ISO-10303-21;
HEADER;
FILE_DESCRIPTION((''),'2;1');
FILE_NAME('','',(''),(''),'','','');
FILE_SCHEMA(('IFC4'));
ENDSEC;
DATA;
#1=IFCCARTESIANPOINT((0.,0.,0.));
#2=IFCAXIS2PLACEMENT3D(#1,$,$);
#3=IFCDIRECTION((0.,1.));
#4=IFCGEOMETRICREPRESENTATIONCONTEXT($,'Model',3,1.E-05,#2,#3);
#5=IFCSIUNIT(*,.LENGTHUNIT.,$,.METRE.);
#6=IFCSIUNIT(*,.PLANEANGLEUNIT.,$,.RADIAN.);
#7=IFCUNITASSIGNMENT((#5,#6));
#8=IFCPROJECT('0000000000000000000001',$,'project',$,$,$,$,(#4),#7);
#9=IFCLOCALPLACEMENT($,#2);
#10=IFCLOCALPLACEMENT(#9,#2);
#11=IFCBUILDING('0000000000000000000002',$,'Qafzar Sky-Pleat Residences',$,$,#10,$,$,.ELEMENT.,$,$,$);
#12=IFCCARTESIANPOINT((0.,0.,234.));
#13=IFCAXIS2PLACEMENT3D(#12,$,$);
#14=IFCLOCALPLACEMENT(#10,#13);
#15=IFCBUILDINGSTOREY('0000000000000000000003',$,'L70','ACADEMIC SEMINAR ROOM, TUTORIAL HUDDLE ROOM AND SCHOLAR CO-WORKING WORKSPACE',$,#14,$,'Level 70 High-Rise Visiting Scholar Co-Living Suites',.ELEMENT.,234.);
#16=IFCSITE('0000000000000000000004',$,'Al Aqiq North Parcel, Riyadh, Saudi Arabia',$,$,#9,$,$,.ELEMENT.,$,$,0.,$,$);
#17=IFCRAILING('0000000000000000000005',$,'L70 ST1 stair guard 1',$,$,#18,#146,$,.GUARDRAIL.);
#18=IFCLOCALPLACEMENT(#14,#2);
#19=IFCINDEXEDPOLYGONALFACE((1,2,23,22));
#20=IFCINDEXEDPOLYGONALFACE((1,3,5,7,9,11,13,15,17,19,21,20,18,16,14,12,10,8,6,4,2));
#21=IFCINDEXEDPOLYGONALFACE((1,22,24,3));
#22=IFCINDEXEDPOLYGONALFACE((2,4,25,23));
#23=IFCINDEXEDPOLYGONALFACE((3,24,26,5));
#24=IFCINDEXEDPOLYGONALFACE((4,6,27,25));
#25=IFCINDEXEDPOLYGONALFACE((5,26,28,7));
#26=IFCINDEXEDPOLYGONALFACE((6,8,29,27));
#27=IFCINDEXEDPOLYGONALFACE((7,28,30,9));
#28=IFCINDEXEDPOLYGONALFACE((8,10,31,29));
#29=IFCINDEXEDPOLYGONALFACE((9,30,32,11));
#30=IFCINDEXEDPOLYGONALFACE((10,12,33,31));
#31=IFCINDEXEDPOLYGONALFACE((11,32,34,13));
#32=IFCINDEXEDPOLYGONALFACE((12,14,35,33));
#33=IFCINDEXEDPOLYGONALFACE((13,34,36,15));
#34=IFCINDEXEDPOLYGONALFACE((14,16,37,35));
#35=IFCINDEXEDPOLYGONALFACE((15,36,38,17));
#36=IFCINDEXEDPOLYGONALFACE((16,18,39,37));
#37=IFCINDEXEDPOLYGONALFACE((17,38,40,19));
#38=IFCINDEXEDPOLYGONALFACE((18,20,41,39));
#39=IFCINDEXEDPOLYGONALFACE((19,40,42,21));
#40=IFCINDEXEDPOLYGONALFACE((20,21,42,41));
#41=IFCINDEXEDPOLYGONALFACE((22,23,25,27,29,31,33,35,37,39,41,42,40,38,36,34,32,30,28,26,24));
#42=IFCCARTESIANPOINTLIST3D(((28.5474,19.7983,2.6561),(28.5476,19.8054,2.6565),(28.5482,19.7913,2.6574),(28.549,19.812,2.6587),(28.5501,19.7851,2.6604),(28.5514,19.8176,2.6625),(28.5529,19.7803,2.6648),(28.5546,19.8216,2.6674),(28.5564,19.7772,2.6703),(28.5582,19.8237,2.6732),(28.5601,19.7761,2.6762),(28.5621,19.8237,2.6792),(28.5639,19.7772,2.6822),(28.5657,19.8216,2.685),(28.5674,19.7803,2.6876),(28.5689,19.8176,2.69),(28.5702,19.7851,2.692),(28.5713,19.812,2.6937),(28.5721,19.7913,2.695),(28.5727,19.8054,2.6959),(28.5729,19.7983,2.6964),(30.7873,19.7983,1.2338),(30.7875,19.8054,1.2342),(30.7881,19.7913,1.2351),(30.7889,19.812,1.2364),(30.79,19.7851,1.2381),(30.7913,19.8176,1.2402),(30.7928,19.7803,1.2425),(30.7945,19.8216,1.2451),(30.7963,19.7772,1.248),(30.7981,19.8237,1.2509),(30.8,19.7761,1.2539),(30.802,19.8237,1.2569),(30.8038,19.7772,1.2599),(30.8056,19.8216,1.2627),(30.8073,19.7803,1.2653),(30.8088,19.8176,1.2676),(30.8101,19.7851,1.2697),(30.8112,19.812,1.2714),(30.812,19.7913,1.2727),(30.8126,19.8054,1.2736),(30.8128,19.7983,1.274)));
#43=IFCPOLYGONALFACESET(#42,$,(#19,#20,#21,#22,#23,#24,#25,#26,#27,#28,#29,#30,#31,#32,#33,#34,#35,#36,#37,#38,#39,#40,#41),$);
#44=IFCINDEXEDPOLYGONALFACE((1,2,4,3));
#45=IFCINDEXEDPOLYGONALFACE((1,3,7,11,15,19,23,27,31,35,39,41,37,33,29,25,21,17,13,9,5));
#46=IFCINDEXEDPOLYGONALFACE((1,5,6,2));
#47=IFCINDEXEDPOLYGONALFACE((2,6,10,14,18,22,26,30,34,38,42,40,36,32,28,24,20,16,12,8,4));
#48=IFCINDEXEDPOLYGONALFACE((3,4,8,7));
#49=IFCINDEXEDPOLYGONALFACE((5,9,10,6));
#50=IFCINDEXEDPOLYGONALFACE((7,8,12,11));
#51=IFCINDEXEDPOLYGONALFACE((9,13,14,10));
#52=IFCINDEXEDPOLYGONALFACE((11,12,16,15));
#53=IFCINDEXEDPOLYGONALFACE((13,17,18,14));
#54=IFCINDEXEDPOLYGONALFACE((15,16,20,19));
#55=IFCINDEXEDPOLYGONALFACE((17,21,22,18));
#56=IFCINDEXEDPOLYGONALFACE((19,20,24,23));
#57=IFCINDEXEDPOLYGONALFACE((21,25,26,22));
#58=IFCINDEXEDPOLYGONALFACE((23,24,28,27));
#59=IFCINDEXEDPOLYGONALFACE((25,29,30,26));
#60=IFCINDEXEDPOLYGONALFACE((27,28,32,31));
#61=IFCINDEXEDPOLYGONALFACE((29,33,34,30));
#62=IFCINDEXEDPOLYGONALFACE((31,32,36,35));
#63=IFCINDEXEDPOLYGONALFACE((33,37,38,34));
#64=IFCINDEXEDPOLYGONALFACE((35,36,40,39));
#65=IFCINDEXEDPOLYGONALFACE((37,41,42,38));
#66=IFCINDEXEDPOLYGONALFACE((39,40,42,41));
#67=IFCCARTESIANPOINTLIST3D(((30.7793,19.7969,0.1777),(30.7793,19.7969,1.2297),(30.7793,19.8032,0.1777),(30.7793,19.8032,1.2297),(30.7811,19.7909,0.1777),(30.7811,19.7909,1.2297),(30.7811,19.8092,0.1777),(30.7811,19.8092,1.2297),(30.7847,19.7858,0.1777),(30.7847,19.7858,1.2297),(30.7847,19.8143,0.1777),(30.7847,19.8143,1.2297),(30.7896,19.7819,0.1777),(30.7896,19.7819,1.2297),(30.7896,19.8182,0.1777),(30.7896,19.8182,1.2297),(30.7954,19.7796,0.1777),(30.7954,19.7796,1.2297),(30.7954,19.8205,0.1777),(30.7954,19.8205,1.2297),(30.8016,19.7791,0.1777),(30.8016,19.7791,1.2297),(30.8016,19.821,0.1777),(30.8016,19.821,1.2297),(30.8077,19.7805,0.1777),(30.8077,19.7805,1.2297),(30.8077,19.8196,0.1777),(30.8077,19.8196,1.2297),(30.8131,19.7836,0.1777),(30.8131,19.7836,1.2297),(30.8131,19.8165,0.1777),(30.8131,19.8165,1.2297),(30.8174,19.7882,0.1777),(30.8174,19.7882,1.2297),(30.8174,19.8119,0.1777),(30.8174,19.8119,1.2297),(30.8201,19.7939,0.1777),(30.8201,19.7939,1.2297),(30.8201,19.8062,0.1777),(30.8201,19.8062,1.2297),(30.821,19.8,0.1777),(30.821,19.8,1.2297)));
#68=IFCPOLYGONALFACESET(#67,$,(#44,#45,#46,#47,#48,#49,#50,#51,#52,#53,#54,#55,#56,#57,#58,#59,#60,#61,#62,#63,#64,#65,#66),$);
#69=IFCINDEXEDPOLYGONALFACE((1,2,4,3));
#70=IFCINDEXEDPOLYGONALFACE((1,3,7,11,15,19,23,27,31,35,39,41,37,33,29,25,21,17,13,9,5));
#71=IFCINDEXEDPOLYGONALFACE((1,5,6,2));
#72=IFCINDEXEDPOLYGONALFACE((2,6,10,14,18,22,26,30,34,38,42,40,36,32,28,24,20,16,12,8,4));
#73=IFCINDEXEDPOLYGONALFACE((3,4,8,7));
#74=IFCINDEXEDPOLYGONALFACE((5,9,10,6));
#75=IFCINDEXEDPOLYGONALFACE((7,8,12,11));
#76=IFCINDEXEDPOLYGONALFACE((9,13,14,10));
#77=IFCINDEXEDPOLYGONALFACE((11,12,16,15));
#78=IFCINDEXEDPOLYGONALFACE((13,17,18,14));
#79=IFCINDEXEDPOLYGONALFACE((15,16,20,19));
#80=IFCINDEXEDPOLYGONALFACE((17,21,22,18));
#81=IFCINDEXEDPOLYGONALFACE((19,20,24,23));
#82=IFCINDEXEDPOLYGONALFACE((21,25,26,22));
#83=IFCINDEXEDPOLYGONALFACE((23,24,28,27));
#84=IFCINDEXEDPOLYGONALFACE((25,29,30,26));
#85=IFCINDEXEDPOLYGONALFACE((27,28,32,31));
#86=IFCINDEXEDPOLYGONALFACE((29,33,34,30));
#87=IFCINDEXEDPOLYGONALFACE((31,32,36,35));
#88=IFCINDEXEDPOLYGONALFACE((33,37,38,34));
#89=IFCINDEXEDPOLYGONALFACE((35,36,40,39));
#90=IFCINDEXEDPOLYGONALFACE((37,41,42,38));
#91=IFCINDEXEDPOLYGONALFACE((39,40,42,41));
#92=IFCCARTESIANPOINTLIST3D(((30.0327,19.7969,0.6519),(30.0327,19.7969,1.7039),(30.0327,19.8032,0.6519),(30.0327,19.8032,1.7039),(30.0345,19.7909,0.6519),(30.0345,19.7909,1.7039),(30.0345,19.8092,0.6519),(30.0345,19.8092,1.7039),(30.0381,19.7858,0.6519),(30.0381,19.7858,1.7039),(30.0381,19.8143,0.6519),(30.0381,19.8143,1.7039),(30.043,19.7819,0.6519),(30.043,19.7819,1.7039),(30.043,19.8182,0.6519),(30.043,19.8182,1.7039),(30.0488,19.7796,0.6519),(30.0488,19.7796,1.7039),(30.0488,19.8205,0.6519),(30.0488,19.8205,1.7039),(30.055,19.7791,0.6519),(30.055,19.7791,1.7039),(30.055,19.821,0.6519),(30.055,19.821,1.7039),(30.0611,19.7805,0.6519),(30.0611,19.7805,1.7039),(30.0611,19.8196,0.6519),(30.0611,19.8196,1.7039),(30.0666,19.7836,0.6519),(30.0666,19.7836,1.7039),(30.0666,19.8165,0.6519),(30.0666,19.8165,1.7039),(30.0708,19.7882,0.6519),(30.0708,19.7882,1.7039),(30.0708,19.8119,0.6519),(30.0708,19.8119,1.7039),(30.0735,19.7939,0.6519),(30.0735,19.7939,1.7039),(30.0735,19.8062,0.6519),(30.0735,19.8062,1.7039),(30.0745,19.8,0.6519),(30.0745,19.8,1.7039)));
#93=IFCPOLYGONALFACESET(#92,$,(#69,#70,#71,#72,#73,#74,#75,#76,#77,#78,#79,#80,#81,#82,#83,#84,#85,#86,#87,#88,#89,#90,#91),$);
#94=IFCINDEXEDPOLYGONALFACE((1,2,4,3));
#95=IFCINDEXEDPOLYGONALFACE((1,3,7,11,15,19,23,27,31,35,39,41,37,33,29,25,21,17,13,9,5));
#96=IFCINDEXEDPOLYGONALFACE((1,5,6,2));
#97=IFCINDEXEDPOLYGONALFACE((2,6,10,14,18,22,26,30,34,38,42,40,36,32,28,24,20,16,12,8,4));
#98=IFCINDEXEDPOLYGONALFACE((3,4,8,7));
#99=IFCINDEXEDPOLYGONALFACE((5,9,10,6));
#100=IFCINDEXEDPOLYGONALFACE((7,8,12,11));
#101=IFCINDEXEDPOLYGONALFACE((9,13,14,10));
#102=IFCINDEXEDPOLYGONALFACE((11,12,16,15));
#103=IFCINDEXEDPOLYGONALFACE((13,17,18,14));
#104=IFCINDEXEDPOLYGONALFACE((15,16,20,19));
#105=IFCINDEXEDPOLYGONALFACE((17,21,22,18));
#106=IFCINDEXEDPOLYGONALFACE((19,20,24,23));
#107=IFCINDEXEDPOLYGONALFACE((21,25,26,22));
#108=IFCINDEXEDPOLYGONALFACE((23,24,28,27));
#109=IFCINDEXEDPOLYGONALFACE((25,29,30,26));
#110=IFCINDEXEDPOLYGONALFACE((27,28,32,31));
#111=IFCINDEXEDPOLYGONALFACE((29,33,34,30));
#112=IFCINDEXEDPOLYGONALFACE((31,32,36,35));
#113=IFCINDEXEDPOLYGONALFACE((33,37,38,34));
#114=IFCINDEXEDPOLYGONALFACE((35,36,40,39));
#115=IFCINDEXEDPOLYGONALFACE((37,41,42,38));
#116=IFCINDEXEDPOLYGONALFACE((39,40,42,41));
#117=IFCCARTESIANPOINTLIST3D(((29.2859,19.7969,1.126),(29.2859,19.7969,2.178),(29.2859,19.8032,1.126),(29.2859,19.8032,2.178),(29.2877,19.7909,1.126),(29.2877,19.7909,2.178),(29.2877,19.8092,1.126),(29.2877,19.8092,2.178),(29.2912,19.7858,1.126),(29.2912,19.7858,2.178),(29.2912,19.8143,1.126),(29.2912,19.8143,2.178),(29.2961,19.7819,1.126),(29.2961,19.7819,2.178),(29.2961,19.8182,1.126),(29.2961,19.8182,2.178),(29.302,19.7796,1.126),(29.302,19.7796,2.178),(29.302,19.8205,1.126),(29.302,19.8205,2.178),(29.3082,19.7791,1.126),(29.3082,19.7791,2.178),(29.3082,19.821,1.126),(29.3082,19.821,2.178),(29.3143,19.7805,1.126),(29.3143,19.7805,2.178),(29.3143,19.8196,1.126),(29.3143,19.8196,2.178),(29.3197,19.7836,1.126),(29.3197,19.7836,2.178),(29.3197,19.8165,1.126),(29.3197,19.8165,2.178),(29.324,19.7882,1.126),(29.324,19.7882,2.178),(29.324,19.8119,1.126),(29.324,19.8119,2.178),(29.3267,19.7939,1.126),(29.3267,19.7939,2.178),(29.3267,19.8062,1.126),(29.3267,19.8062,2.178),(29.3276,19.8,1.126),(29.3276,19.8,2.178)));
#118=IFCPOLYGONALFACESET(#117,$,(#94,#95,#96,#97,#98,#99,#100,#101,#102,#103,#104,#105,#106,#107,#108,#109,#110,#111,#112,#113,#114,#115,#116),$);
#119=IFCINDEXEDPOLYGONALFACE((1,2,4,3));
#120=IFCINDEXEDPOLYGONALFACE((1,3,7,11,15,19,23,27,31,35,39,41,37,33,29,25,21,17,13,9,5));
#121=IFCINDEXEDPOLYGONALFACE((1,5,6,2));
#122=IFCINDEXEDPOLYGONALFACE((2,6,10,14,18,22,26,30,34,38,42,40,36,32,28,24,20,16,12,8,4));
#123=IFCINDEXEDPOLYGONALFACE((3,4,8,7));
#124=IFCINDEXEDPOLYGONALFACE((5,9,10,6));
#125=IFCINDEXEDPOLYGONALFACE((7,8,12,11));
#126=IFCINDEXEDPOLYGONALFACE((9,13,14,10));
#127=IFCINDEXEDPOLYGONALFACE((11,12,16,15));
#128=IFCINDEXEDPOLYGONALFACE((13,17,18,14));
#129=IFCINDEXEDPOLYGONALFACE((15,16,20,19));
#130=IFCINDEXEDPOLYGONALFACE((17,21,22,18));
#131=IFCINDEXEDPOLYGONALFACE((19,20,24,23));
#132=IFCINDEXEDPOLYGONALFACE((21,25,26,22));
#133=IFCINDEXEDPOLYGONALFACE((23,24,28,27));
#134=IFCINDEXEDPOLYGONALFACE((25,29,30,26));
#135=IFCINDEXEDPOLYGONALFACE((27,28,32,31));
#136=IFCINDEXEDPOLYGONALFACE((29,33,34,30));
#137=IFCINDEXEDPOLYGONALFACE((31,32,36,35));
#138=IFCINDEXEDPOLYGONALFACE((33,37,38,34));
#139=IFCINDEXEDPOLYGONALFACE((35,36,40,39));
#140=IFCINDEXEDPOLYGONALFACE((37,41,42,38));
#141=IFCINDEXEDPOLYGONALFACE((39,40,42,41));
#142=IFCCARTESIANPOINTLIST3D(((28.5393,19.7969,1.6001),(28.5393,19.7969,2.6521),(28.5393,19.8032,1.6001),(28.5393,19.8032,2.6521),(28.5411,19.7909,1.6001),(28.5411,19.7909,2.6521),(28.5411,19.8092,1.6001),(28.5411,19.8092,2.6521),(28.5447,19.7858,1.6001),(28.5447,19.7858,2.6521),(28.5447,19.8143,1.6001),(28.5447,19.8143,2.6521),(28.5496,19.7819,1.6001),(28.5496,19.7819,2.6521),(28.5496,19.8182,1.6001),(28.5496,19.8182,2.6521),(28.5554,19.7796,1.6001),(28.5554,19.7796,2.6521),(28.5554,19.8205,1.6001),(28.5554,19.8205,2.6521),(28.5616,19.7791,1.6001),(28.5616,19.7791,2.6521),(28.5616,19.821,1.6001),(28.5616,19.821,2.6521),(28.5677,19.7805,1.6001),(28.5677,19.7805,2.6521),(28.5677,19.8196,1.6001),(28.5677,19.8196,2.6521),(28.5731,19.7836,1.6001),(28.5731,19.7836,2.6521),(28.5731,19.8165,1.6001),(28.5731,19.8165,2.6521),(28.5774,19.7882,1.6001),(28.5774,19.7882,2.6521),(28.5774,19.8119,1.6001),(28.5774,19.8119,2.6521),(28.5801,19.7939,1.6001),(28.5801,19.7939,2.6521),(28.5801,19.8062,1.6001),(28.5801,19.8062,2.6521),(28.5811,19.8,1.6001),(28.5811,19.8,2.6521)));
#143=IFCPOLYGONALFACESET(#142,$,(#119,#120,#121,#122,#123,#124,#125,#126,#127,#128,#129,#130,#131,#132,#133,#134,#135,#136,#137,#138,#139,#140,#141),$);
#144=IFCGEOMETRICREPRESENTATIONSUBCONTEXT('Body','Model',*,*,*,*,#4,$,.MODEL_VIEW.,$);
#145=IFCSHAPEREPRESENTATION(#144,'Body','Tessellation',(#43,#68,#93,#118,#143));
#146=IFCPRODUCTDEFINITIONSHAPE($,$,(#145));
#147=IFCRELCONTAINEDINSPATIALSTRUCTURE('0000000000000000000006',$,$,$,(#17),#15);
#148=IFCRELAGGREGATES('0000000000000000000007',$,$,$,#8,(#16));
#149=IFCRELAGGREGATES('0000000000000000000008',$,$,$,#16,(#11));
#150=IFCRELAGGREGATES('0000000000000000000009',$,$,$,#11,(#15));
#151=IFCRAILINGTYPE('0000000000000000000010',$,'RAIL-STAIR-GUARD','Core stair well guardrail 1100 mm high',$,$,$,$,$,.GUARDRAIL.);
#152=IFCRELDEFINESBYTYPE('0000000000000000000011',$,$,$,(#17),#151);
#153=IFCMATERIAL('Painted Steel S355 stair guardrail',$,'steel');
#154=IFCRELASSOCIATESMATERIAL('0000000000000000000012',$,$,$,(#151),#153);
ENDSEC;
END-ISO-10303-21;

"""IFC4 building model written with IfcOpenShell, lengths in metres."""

from ifc_helpers import new_model, si_unit, direction, frame, origin, origin_2d, place, context, subcontext, project, spatial, circle, extrude, source, transform, mapped, material, type_object, element, save


model = new_model("IFC4")

# Units and contexts
model_context = context("Model", 3, precision=1e-05, world=origin(), true_north=direction((0.0, 1.0)))
body_context = subcontext(model_context, "Body", "Model", "MODEL_VIEW")
ifc_project = project(units=[si_unit("LENGTHUNIT", "METRE"), si_unit("PLANEANGLEUNIT", "RADIAN")], contexts=[model_context])

# Site, building, storey
site_placement = place(None, origin())
site = spatial("IfcSite", under=ifc_project, at=site_placement, Name="Al Aqiq North Parcel, Riyadh, Saudi Arabia", CompositionType="ELEMENT", RefElevation=0.0)
building_placement = place(site_placement, origin())
building = spatial("IfcBuilding", under=site, at=building_placement, Name="Qafzar Sky-Pleat Residences", CompositionType="ELEMENT")
storey_placement = place(building_placement, frame((0.0, 0.0, 234.0)))
storey = spatial("IfcBuildingStorey", under=building, at=storey_placement, Name="L70", Description="ACADEMIC SEMINAR ROOM, TUTORIAL HUDDLE ROOM AND SCHOLAR CO-WORKING WORKSPACE", LongName="Level 70 High-Rise Visiting Scholar Co-Living Suites", CompositionType="ELEMENT", Elevation=234.0)

# Railing
ifc_material_1 = material(Name="Painted Steel S355 stair guardrail", Category="steel")
railing_type_1 = type_object("IfcRailingType", Name="RAIL-STAIR-GUARD", Description="Core stair well guardrail 1100 mm high", PredefinedType="GUARDRAIL", material=ifc_material_1)
shared_shape_1 = source(origin(), body_context, "Body", "SweptSolid", [
    extrude(circle(Radius=0.0239, at=origin_2d()), frame((0.0, 0.0, 1.0762), z_axis=(-0.844188, 0.0, 0.536048), x_axis=(0.0, -1.0, 0.0)), (0.0, 0.0, 1.0), 2.6533),
    extrude(circle(Radius=0.021, at=origin_2d()), origin(), (0.0, 0.0, 1.0), 1.052),
    extrude(circle(Radius=0.021, at=origin_2d()), frame((-0.7466, 0.0, 0.4741)), (0.0, 0.0, 1.0), 1.052),
    extrude(circle(Radius=0.021, at=origin_2d()), frame((-1.4934, 0.0, 0.9482)), (0.0, 0.0, 1.0), 1.052),
    extrude(circle(Radius=0.021, at=origin_2d()), frame((-2.24, 0.0, 1.4224)), (0.0, 0.0, 1.0), 1.052),
])
railing_1_placement = place(storey_placement, frame((30.8, 19.8, 0.1777)))
element("IfcRailing", 1, at=railing_1_placement, inside=storey, type_object=railing_type_1, Name="L70 ST1 stair guard 1", PredefinedType="GUARDRAIL", context=body_context, shape_type="MappedRepresentation", body=[
    mapped(shared_shape_1, transform((0.0, 0.0, 0.0), x_axis=(1.0, 0.0, 0.0), y_axis=(0.0, 1.0, 0.0), z_axis=(0.0, 0.0, 1.0), scale=1.0)),
])

save(model, "model.ifc")
